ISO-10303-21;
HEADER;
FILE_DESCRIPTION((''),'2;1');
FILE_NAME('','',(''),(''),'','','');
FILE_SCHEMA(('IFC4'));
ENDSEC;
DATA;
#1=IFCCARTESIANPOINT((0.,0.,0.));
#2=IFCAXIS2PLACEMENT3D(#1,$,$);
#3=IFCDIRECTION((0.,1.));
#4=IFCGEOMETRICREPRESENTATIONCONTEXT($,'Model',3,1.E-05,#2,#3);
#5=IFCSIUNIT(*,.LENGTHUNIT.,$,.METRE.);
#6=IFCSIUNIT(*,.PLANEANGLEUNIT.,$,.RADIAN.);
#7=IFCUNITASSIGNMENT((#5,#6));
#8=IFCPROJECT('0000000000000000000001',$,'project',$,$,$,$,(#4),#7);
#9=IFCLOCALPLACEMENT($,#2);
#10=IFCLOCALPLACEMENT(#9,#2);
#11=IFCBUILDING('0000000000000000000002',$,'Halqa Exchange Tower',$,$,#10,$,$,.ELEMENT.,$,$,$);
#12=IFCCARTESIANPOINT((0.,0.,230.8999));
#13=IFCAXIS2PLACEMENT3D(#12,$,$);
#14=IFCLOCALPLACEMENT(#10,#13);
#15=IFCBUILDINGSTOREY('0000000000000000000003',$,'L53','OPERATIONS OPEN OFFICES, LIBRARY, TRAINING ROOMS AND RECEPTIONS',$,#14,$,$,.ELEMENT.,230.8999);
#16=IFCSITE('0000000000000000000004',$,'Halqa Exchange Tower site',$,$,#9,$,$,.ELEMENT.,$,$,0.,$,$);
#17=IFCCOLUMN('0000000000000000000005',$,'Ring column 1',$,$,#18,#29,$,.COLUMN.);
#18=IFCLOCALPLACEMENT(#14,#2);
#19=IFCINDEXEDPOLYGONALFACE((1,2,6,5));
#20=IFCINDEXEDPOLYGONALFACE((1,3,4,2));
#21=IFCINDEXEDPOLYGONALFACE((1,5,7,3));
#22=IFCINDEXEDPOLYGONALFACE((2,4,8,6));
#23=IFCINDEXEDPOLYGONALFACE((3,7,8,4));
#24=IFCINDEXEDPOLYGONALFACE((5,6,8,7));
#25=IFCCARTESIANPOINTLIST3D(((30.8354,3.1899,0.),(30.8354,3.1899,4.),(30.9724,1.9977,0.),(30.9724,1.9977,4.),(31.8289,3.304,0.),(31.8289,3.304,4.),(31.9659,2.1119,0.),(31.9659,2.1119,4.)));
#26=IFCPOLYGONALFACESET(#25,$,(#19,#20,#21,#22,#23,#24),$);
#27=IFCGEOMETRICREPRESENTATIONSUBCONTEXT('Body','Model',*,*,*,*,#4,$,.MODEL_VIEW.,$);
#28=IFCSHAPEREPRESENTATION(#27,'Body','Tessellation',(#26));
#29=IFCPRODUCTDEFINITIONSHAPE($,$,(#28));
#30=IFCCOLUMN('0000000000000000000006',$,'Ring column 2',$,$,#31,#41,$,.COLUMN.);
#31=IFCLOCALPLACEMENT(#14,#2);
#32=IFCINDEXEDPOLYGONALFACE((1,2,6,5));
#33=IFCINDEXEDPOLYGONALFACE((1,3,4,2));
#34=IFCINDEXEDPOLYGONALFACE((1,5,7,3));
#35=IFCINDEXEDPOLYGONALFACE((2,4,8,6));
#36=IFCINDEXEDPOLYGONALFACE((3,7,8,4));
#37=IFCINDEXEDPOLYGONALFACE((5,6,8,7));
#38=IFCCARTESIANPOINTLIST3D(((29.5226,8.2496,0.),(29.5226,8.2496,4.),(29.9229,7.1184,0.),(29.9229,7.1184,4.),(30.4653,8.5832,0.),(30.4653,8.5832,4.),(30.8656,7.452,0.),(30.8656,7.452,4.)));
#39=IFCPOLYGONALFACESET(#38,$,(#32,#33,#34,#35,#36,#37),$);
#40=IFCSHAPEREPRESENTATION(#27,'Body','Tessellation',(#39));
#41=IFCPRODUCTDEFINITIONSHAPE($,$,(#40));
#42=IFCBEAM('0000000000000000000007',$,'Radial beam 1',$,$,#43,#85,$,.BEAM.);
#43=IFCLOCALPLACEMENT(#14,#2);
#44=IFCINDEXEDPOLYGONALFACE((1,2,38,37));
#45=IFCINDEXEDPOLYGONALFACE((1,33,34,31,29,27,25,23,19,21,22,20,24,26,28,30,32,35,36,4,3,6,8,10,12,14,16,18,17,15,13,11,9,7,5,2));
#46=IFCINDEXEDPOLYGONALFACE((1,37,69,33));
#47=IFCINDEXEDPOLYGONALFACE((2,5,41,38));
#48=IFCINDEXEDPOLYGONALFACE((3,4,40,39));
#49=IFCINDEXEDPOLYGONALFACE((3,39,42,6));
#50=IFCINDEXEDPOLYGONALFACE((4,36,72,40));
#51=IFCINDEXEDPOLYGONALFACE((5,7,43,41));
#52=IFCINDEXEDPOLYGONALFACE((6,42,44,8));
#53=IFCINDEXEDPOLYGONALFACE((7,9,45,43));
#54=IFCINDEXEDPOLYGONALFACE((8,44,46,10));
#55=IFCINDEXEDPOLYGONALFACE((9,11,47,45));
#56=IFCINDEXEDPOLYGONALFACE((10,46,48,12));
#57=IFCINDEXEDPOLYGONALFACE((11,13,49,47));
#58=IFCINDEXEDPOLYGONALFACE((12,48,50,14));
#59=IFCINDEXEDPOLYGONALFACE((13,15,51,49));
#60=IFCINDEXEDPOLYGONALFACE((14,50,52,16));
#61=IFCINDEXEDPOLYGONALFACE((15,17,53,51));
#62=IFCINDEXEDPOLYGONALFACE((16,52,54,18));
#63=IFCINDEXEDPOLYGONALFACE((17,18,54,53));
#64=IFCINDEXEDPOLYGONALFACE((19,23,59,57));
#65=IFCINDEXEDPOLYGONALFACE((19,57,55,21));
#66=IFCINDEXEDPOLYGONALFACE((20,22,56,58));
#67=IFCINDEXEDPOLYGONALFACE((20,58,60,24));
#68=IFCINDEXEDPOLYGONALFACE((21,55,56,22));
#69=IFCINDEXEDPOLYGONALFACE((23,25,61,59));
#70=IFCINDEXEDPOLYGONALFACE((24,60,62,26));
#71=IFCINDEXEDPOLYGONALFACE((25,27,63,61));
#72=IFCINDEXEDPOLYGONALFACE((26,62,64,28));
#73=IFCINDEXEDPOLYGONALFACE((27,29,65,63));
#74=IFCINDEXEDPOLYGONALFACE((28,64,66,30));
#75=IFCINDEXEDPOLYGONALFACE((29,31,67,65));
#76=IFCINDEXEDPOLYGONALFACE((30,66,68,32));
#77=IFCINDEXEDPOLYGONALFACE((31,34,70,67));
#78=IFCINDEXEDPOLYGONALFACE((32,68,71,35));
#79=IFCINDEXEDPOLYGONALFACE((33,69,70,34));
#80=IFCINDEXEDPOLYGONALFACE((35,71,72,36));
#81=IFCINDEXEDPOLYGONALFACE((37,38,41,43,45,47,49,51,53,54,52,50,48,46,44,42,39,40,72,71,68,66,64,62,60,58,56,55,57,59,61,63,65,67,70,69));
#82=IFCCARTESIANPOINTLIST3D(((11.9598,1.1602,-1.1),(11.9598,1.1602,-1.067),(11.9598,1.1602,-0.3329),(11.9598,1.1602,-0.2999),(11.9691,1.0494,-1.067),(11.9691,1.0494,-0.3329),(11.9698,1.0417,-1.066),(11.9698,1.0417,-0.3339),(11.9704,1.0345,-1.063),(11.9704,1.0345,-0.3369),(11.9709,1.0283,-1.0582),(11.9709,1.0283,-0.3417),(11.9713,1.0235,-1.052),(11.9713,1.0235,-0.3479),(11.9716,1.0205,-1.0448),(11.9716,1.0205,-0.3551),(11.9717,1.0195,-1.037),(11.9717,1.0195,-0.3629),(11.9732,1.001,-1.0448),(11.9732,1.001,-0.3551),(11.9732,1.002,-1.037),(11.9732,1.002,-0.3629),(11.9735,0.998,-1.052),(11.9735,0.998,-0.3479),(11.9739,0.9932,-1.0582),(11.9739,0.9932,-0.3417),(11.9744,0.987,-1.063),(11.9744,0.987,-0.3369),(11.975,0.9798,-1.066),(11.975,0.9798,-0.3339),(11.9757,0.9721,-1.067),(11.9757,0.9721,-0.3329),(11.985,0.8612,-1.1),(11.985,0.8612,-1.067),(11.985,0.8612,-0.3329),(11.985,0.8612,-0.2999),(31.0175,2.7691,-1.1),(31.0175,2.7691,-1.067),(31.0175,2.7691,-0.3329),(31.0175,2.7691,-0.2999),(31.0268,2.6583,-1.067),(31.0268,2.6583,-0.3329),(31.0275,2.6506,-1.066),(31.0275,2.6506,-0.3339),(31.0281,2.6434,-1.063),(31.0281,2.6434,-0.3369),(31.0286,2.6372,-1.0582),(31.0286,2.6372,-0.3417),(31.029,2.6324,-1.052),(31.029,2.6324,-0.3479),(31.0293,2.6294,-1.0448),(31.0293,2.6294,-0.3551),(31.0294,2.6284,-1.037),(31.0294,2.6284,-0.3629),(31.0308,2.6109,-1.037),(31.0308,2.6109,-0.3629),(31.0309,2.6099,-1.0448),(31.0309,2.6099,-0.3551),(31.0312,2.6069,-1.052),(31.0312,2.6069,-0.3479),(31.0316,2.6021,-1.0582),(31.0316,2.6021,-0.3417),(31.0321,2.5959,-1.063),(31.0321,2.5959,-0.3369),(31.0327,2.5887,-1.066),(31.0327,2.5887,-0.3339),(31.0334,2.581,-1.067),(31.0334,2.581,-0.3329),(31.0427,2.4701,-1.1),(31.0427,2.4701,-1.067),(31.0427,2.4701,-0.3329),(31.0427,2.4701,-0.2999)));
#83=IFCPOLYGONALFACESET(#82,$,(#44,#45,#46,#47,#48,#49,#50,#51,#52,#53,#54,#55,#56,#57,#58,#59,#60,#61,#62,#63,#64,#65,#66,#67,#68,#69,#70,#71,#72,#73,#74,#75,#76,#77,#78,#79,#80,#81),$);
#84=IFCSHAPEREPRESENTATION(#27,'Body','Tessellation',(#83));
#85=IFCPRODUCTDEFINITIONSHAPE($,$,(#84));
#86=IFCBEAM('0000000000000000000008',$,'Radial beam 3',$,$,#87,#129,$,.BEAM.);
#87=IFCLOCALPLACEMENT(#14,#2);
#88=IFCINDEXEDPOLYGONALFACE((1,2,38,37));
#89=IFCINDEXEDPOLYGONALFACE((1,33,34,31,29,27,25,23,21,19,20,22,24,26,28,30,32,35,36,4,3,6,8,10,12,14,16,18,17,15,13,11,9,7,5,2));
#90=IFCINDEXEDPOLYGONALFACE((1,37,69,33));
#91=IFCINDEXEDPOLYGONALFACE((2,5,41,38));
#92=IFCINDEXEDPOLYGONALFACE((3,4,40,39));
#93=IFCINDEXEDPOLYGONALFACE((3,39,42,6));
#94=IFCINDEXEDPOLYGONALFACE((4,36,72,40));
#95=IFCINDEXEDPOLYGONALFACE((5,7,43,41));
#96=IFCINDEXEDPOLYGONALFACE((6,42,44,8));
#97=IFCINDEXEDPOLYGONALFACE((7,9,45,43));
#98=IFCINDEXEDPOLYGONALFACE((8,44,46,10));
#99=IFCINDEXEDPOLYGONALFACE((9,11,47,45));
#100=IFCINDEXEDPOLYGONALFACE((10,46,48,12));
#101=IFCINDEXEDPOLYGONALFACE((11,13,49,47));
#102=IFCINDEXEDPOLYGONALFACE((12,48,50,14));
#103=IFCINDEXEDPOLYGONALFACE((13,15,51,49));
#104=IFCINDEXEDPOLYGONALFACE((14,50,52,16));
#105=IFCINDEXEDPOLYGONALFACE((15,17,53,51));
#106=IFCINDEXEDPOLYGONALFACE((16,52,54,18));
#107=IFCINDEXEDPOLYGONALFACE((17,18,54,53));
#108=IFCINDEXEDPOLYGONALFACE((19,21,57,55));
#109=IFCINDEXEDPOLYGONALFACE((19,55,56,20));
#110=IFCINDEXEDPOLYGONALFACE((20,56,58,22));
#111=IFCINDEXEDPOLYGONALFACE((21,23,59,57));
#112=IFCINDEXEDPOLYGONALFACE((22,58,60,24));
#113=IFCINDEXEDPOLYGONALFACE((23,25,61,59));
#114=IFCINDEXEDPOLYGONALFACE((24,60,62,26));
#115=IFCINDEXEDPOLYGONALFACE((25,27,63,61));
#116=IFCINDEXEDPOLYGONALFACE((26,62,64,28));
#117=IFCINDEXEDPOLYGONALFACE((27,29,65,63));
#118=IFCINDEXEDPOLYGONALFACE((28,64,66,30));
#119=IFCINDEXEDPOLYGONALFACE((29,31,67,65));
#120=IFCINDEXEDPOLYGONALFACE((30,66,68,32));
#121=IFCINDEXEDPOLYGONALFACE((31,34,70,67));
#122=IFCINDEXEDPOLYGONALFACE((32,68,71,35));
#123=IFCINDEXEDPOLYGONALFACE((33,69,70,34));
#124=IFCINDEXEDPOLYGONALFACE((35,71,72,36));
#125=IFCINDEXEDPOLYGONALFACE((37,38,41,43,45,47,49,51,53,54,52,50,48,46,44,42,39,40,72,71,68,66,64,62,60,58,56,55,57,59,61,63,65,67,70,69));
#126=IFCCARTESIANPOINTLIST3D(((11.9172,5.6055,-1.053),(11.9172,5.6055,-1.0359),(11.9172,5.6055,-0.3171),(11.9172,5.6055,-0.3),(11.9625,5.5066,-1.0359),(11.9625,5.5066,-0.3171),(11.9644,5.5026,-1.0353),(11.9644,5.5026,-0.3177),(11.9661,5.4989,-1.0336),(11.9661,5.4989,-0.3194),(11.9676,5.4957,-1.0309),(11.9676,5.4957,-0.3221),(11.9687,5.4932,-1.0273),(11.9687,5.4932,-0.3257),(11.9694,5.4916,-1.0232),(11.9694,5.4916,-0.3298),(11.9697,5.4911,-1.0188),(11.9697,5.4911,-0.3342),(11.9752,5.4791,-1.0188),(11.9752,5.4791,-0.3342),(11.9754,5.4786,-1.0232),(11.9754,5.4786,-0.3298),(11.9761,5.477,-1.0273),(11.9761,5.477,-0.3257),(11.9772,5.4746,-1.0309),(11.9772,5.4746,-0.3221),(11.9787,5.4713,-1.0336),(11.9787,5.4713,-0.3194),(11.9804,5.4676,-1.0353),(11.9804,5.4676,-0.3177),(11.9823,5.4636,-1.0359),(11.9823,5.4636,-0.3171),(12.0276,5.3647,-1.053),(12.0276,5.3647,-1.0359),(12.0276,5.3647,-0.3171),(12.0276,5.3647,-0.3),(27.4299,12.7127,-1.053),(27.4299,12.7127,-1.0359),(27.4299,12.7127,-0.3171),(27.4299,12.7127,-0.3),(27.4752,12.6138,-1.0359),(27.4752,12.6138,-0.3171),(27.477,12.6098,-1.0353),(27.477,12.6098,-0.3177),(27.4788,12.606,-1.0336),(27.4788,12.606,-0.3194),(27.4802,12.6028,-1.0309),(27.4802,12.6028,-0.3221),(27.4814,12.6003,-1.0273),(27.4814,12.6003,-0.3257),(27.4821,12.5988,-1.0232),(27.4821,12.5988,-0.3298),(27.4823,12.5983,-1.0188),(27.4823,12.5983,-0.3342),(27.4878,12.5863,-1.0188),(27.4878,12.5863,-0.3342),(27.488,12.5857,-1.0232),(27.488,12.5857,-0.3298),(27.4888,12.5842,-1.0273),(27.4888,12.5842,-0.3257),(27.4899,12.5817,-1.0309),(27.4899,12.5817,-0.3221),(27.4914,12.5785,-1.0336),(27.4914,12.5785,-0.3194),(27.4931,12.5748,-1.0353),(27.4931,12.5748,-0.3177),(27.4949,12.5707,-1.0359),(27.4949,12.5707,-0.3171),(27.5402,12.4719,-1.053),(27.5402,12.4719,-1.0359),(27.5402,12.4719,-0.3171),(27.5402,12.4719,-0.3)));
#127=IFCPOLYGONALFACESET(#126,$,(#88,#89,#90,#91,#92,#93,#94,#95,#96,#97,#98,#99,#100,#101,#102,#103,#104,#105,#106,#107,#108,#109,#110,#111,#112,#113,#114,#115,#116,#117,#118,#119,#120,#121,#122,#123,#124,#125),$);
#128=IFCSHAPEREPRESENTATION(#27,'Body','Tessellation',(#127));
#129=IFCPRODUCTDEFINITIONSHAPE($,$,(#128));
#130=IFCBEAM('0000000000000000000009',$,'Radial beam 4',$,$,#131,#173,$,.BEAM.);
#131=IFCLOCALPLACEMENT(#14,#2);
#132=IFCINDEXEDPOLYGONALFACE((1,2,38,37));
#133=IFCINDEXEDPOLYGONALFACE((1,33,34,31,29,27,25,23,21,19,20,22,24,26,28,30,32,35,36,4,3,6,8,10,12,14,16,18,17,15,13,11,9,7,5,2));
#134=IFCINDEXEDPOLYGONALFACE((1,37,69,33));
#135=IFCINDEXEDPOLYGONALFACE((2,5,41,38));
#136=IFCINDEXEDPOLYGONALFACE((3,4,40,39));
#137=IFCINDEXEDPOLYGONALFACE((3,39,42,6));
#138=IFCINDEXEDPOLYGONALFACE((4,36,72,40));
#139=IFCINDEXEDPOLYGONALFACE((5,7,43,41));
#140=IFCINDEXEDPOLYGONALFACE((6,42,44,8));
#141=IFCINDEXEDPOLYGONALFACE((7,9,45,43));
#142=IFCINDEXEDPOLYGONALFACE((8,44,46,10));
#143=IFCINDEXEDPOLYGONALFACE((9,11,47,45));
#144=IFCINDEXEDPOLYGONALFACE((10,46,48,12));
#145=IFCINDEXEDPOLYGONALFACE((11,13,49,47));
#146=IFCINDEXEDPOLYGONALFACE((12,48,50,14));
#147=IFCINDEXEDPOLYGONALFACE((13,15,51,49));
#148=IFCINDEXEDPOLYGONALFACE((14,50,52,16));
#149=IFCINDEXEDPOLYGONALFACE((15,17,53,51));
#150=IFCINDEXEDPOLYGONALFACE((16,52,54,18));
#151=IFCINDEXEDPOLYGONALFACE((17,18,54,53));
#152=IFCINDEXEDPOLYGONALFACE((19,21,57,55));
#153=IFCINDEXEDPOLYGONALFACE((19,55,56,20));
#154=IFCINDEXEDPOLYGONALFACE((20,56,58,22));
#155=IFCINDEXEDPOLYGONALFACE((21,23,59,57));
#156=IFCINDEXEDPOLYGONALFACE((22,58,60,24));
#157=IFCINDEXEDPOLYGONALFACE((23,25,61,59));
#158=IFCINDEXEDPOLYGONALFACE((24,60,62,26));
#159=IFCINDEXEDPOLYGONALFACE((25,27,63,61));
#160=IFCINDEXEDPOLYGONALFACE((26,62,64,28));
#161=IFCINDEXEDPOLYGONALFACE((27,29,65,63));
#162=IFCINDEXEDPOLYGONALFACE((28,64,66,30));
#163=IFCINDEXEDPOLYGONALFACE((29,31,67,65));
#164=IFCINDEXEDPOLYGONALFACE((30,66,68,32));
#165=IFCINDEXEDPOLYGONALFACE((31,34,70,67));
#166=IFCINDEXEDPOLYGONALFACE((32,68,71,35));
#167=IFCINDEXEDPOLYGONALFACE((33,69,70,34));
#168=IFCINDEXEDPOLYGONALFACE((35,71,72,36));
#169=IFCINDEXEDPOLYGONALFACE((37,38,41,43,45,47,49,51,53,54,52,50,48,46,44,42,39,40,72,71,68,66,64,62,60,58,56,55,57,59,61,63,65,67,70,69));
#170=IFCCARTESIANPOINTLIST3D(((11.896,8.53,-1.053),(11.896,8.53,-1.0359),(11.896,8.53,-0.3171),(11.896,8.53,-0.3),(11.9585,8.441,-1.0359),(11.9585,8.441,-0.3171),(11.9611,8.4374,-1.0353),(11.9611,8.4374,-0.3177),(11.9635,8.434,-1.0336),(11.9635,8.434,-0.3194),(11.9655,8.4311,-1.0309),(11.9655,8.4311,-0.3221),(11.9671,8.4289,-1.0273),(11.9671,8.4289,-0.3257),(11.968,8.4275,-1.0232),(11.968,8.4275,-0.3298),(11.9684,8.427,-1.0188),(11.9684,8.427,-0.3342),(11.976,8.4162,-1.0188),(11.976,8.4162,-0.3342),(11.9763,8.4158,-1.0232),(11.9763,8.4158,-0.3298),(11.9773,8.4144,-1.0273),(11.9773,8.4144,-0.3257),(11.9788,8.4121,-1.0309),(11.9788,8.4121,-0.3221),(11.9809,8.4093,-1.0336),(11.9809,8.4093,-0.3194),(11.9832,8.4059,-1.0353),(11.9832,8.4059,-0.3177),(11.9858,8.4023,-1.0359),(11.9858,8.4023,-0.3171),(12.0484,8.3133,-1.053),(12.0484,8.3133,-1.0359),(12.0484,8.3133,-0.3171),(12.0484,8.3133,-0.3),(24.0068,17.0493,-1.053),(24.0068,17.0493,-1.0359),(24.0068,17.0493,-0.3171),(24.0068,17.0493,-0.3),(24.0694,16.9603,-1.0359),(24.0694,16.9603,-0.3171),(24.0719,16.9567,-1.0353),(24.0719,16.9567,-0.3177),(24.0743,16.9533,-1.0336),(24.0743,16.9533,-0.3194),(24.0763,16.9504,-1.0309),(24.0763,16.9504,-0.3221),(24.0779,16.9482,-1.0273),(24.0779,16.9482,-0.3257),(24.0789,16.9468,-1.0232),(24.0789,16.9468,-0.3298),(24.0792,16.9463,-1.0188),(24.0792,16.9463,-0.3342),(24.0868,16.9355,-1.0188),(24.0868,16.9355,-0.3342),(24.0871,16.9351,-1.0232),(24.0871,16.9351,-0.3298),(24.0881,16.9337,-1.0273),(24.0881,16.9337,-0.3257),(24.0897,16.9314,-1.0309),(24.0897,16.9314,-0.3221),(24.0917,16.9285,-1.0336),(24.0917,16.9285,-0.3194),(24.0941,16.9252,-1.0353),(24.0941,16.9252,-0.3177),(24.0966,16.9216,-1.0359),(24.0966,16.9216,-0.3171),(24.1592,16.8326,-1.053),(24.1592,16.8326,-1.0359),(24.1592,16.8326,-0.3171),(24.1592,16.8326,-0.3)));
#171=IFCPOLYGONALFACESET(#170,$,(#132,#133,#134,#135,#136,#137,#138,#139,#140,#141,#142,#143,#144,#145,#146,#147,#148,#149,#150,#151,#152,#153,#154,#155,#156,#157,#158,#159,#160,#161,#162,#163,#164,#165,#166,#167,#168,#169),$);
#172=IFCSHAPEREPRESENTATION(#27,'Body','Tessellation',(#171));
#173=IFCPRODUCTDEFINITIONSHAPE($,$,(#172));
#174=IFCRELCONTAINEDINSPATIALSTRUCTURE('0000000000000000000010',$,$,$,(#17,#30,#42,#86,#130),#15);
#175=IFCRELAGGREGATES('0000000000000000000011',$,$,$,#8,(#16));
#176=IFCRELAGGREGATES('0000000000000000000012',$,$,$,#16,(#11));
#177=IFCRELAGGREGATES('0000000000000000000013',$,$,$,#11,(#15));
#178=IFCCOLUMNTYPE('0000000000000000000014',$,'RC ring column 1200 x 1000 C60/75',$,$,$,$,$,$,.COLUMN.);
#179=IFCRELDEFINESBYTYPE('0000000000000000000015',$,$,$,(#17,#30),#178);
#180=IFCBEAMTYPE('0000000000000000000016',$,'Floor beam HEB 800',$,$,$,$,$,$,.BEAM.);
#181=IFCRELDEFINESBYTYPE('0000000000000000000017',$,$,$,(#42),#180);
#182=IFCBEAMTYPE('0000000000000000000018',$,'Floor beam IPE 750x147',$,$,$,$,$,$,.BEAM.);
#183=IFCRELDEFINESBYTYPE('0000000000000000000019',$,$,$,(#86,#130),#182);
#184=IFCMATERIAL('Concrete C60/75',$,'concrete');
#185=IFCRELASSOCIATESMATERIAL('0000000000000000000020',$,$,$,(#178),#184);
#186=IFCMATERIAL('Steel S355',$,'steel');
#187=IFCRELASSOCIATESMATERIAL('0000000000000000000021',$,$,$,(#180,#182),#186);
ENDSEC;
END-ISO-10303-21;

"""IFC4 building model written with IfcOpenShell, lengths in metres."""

from ifc_helpers import new_model, si_unit, direction, frame, origin, origin_2d, place, context, subcontext, project, spatial, rectangle, i_section, extrude, material, material_profile, profile_set, type_object, element, save


model = new_model("IFC4")

# Units and contexts
model_context = context("Model", 3, precision=1e-05, world=origin(), true_north=direction((0.0, 1.0)))
body_context = subcontext(model_context, "Body", "Model", "MODEL_VIEW")
ifc_project = project(units=[si_unit("LENGTHUNIT", "METRE"), si_unit("PLANEANGLEUNIT", "RADIAN")], contexts=[model_context])

# Site, building, storey
site_placement = place(None, origin())
site = spatial("IfcSite", under=ifc_project, at=site_placement, Name="Halqa Exchange Tower site", CompositionType="ELEMENT", RefElevation=0.0)
building_placement = place(site_placement, origin())
building = spatial("IfcBuilding", under=site, at=building_placement, Name="Halqa Exchange Tower", CompositionType="ELEMENT")
storey_placement = place(building_placement, frame((0.0, 0.0, 230.8999)))
storey = spatial("IfcBuildingStorey", under=building, at=storey_placement, Name="L53", Description="OPERATIONS OPEN OFFICES, LIBRARY, TRAINING ROOMS AND RECEPTIONS", CompositionType="ELEMENT", Elevation=230.8999)

# Columns
ifc_material_1 = material(Name="Concrete C60/75", Category="concrete")
ifc_material_profile_1 = material_profile(ifc_material_1, rectangle(XDim=1.2, YDim=1.0, at=origin_2d()), Name="1200 x 1000")
ifc_profile_set_1 = profile_set([ifc_material_profile_1], Name="Concrete C60/75")
column_type = type_object("IfcColumnType", Name="RC ring column 1200 x 1000 C60/75", PredefinedType="COLUMN", material=ifc_profile_set_1)
for number, where, z_axis, x_axis, name in (
    (1, (31.4006, 2.6509, 0.0), (0.0, 0.0, 1.0), (-0.114153, 0.993463, 0.0), "Ring column 1"),
    (2, (30.1941, 7.8508, 0.0), (0.0, 0.0, 1.0), (-0.333631, 0.942704, 0.0), "Ring column 2"),
):
    element("IfcColumn", number, at=place(storey_placement, frame(where, z_axis=z_axis, x_axis=x_axis)), inside=storey, type_object=column_type, Name=name, PredefinedType="COLUMN", context=body_context, shape_type="SweptSolid", body=[
        extrude(rectangle(XDim=1.2, YDim=1.0, at=origin_2d()), origin(), (0.0, 0.0, 1.0), 4.0),
    ])

# Beams
ifc_material_2 = material(Name="Steel S355", Category="steel")
ifc_material_profile_2 = material_profile(ifc_material_2, i_section(OverallWidth=0.3, OverallDepth=0.8, WebThickness=0.0176, FlangeThickness=0.033, FilletRadius=0.03, at=origin_2d()), Name="HEB 800")
ifc_profile_set_2 = profile_set([ifc_material_profile_2], Name="Steel S355")
beam_type_1 = type_object("IfcBeamType", Name="Floor beam HEB 800", PredefinedType="BEAM", material=ifc_profile_set_2)
beam_1_placement = place(storey_placement, frame((11.9724, 1.0107, -0.7), z_axis=(0.996455, 0.084123, 0.0), x_axis=(-0.084123, 0.996455, 0.0)))
element("IfcBeam", 3, at=beam_1_placement, inside=storey, type_object=beam_type_1, Name="Radial beam 1", PredefinedType="BEAM", context=body_context, shape_type="SweptSolid", body=[
    extrude(i_section(OverallWidth=0.3, OverallDepth=0.8, WebThickness=0.0176, FlangeThickness=0.033, FilletRadius=0.03, at=origin_2d()), origin(), (0.0, 0.0, 1.0), 19.1255),
])
ifc_material_profile_3 = material_profile(ifc_material_2, i_section(OverallWidth=0.2649, OverallDepth=0.7529, WebThickness=0.0132, FlangeThickness=0.0171, FilletRadius=0.0171, at=origin_2d()), Name="IPE 750x147")
ifc_profile_set_3 = profile_set([ifc_material_profile_3], Name="Steel S355")
beam_type_2 = type_object("IfcBeamType", Name="Floor beam IPE 750x147", PredefinedType="BEAM", material=ifc_profile_set_3)
beam_2_placement = place(storey_placement, frame((11.9724, 5.4851, -0.6765), z_axis=(0.909127, 0.416519, 0.0), x_axis=(-0.416519, 0.909127, 0.0)))
element("IfcBeam", 4, at=beam_2_placement, inside=storey, type_object=beam_type_2, Name="Radial beam 3", PredefinedType="BEAM", context=body_context, shape_type="SweptSolid", body=[
    extrude(i_section(OverallWidth=0.2649, OverallDepth=0.7529, WebThickness=0.0132, FlangeThickness=0.0171, FilletRadius=0.0171, at=origin_2d()), origin(), (0.0, 0.0, 1.0), 17.0632),
])
beam_3_placement = place(storey_placement, frame((11.9722, 8.4216, -0.6765), z_axis=(0.817907, 0.575351, 0.0), x_axis=(-0.575351, 0.817907, 0.0)))
element("IfcBeam", 5, at=beam_3_placement, inside=storey, type_object=beam_type_2, Name="Radial beam 4", PredefinedType="BEAM", context=body_context, shape_type="SweptSolid", body=[
    extrude(i_section(OverallWidth=0.2649, OverallDepth=0.7529, WebThickness=0.0132, FlangeThickness=0.0171, FilletRadius=0.0171, at=origin_2d()), origin(), (0.0, 0.0, 1.0), 14.8071),
])

save(model, "model.ifc")
